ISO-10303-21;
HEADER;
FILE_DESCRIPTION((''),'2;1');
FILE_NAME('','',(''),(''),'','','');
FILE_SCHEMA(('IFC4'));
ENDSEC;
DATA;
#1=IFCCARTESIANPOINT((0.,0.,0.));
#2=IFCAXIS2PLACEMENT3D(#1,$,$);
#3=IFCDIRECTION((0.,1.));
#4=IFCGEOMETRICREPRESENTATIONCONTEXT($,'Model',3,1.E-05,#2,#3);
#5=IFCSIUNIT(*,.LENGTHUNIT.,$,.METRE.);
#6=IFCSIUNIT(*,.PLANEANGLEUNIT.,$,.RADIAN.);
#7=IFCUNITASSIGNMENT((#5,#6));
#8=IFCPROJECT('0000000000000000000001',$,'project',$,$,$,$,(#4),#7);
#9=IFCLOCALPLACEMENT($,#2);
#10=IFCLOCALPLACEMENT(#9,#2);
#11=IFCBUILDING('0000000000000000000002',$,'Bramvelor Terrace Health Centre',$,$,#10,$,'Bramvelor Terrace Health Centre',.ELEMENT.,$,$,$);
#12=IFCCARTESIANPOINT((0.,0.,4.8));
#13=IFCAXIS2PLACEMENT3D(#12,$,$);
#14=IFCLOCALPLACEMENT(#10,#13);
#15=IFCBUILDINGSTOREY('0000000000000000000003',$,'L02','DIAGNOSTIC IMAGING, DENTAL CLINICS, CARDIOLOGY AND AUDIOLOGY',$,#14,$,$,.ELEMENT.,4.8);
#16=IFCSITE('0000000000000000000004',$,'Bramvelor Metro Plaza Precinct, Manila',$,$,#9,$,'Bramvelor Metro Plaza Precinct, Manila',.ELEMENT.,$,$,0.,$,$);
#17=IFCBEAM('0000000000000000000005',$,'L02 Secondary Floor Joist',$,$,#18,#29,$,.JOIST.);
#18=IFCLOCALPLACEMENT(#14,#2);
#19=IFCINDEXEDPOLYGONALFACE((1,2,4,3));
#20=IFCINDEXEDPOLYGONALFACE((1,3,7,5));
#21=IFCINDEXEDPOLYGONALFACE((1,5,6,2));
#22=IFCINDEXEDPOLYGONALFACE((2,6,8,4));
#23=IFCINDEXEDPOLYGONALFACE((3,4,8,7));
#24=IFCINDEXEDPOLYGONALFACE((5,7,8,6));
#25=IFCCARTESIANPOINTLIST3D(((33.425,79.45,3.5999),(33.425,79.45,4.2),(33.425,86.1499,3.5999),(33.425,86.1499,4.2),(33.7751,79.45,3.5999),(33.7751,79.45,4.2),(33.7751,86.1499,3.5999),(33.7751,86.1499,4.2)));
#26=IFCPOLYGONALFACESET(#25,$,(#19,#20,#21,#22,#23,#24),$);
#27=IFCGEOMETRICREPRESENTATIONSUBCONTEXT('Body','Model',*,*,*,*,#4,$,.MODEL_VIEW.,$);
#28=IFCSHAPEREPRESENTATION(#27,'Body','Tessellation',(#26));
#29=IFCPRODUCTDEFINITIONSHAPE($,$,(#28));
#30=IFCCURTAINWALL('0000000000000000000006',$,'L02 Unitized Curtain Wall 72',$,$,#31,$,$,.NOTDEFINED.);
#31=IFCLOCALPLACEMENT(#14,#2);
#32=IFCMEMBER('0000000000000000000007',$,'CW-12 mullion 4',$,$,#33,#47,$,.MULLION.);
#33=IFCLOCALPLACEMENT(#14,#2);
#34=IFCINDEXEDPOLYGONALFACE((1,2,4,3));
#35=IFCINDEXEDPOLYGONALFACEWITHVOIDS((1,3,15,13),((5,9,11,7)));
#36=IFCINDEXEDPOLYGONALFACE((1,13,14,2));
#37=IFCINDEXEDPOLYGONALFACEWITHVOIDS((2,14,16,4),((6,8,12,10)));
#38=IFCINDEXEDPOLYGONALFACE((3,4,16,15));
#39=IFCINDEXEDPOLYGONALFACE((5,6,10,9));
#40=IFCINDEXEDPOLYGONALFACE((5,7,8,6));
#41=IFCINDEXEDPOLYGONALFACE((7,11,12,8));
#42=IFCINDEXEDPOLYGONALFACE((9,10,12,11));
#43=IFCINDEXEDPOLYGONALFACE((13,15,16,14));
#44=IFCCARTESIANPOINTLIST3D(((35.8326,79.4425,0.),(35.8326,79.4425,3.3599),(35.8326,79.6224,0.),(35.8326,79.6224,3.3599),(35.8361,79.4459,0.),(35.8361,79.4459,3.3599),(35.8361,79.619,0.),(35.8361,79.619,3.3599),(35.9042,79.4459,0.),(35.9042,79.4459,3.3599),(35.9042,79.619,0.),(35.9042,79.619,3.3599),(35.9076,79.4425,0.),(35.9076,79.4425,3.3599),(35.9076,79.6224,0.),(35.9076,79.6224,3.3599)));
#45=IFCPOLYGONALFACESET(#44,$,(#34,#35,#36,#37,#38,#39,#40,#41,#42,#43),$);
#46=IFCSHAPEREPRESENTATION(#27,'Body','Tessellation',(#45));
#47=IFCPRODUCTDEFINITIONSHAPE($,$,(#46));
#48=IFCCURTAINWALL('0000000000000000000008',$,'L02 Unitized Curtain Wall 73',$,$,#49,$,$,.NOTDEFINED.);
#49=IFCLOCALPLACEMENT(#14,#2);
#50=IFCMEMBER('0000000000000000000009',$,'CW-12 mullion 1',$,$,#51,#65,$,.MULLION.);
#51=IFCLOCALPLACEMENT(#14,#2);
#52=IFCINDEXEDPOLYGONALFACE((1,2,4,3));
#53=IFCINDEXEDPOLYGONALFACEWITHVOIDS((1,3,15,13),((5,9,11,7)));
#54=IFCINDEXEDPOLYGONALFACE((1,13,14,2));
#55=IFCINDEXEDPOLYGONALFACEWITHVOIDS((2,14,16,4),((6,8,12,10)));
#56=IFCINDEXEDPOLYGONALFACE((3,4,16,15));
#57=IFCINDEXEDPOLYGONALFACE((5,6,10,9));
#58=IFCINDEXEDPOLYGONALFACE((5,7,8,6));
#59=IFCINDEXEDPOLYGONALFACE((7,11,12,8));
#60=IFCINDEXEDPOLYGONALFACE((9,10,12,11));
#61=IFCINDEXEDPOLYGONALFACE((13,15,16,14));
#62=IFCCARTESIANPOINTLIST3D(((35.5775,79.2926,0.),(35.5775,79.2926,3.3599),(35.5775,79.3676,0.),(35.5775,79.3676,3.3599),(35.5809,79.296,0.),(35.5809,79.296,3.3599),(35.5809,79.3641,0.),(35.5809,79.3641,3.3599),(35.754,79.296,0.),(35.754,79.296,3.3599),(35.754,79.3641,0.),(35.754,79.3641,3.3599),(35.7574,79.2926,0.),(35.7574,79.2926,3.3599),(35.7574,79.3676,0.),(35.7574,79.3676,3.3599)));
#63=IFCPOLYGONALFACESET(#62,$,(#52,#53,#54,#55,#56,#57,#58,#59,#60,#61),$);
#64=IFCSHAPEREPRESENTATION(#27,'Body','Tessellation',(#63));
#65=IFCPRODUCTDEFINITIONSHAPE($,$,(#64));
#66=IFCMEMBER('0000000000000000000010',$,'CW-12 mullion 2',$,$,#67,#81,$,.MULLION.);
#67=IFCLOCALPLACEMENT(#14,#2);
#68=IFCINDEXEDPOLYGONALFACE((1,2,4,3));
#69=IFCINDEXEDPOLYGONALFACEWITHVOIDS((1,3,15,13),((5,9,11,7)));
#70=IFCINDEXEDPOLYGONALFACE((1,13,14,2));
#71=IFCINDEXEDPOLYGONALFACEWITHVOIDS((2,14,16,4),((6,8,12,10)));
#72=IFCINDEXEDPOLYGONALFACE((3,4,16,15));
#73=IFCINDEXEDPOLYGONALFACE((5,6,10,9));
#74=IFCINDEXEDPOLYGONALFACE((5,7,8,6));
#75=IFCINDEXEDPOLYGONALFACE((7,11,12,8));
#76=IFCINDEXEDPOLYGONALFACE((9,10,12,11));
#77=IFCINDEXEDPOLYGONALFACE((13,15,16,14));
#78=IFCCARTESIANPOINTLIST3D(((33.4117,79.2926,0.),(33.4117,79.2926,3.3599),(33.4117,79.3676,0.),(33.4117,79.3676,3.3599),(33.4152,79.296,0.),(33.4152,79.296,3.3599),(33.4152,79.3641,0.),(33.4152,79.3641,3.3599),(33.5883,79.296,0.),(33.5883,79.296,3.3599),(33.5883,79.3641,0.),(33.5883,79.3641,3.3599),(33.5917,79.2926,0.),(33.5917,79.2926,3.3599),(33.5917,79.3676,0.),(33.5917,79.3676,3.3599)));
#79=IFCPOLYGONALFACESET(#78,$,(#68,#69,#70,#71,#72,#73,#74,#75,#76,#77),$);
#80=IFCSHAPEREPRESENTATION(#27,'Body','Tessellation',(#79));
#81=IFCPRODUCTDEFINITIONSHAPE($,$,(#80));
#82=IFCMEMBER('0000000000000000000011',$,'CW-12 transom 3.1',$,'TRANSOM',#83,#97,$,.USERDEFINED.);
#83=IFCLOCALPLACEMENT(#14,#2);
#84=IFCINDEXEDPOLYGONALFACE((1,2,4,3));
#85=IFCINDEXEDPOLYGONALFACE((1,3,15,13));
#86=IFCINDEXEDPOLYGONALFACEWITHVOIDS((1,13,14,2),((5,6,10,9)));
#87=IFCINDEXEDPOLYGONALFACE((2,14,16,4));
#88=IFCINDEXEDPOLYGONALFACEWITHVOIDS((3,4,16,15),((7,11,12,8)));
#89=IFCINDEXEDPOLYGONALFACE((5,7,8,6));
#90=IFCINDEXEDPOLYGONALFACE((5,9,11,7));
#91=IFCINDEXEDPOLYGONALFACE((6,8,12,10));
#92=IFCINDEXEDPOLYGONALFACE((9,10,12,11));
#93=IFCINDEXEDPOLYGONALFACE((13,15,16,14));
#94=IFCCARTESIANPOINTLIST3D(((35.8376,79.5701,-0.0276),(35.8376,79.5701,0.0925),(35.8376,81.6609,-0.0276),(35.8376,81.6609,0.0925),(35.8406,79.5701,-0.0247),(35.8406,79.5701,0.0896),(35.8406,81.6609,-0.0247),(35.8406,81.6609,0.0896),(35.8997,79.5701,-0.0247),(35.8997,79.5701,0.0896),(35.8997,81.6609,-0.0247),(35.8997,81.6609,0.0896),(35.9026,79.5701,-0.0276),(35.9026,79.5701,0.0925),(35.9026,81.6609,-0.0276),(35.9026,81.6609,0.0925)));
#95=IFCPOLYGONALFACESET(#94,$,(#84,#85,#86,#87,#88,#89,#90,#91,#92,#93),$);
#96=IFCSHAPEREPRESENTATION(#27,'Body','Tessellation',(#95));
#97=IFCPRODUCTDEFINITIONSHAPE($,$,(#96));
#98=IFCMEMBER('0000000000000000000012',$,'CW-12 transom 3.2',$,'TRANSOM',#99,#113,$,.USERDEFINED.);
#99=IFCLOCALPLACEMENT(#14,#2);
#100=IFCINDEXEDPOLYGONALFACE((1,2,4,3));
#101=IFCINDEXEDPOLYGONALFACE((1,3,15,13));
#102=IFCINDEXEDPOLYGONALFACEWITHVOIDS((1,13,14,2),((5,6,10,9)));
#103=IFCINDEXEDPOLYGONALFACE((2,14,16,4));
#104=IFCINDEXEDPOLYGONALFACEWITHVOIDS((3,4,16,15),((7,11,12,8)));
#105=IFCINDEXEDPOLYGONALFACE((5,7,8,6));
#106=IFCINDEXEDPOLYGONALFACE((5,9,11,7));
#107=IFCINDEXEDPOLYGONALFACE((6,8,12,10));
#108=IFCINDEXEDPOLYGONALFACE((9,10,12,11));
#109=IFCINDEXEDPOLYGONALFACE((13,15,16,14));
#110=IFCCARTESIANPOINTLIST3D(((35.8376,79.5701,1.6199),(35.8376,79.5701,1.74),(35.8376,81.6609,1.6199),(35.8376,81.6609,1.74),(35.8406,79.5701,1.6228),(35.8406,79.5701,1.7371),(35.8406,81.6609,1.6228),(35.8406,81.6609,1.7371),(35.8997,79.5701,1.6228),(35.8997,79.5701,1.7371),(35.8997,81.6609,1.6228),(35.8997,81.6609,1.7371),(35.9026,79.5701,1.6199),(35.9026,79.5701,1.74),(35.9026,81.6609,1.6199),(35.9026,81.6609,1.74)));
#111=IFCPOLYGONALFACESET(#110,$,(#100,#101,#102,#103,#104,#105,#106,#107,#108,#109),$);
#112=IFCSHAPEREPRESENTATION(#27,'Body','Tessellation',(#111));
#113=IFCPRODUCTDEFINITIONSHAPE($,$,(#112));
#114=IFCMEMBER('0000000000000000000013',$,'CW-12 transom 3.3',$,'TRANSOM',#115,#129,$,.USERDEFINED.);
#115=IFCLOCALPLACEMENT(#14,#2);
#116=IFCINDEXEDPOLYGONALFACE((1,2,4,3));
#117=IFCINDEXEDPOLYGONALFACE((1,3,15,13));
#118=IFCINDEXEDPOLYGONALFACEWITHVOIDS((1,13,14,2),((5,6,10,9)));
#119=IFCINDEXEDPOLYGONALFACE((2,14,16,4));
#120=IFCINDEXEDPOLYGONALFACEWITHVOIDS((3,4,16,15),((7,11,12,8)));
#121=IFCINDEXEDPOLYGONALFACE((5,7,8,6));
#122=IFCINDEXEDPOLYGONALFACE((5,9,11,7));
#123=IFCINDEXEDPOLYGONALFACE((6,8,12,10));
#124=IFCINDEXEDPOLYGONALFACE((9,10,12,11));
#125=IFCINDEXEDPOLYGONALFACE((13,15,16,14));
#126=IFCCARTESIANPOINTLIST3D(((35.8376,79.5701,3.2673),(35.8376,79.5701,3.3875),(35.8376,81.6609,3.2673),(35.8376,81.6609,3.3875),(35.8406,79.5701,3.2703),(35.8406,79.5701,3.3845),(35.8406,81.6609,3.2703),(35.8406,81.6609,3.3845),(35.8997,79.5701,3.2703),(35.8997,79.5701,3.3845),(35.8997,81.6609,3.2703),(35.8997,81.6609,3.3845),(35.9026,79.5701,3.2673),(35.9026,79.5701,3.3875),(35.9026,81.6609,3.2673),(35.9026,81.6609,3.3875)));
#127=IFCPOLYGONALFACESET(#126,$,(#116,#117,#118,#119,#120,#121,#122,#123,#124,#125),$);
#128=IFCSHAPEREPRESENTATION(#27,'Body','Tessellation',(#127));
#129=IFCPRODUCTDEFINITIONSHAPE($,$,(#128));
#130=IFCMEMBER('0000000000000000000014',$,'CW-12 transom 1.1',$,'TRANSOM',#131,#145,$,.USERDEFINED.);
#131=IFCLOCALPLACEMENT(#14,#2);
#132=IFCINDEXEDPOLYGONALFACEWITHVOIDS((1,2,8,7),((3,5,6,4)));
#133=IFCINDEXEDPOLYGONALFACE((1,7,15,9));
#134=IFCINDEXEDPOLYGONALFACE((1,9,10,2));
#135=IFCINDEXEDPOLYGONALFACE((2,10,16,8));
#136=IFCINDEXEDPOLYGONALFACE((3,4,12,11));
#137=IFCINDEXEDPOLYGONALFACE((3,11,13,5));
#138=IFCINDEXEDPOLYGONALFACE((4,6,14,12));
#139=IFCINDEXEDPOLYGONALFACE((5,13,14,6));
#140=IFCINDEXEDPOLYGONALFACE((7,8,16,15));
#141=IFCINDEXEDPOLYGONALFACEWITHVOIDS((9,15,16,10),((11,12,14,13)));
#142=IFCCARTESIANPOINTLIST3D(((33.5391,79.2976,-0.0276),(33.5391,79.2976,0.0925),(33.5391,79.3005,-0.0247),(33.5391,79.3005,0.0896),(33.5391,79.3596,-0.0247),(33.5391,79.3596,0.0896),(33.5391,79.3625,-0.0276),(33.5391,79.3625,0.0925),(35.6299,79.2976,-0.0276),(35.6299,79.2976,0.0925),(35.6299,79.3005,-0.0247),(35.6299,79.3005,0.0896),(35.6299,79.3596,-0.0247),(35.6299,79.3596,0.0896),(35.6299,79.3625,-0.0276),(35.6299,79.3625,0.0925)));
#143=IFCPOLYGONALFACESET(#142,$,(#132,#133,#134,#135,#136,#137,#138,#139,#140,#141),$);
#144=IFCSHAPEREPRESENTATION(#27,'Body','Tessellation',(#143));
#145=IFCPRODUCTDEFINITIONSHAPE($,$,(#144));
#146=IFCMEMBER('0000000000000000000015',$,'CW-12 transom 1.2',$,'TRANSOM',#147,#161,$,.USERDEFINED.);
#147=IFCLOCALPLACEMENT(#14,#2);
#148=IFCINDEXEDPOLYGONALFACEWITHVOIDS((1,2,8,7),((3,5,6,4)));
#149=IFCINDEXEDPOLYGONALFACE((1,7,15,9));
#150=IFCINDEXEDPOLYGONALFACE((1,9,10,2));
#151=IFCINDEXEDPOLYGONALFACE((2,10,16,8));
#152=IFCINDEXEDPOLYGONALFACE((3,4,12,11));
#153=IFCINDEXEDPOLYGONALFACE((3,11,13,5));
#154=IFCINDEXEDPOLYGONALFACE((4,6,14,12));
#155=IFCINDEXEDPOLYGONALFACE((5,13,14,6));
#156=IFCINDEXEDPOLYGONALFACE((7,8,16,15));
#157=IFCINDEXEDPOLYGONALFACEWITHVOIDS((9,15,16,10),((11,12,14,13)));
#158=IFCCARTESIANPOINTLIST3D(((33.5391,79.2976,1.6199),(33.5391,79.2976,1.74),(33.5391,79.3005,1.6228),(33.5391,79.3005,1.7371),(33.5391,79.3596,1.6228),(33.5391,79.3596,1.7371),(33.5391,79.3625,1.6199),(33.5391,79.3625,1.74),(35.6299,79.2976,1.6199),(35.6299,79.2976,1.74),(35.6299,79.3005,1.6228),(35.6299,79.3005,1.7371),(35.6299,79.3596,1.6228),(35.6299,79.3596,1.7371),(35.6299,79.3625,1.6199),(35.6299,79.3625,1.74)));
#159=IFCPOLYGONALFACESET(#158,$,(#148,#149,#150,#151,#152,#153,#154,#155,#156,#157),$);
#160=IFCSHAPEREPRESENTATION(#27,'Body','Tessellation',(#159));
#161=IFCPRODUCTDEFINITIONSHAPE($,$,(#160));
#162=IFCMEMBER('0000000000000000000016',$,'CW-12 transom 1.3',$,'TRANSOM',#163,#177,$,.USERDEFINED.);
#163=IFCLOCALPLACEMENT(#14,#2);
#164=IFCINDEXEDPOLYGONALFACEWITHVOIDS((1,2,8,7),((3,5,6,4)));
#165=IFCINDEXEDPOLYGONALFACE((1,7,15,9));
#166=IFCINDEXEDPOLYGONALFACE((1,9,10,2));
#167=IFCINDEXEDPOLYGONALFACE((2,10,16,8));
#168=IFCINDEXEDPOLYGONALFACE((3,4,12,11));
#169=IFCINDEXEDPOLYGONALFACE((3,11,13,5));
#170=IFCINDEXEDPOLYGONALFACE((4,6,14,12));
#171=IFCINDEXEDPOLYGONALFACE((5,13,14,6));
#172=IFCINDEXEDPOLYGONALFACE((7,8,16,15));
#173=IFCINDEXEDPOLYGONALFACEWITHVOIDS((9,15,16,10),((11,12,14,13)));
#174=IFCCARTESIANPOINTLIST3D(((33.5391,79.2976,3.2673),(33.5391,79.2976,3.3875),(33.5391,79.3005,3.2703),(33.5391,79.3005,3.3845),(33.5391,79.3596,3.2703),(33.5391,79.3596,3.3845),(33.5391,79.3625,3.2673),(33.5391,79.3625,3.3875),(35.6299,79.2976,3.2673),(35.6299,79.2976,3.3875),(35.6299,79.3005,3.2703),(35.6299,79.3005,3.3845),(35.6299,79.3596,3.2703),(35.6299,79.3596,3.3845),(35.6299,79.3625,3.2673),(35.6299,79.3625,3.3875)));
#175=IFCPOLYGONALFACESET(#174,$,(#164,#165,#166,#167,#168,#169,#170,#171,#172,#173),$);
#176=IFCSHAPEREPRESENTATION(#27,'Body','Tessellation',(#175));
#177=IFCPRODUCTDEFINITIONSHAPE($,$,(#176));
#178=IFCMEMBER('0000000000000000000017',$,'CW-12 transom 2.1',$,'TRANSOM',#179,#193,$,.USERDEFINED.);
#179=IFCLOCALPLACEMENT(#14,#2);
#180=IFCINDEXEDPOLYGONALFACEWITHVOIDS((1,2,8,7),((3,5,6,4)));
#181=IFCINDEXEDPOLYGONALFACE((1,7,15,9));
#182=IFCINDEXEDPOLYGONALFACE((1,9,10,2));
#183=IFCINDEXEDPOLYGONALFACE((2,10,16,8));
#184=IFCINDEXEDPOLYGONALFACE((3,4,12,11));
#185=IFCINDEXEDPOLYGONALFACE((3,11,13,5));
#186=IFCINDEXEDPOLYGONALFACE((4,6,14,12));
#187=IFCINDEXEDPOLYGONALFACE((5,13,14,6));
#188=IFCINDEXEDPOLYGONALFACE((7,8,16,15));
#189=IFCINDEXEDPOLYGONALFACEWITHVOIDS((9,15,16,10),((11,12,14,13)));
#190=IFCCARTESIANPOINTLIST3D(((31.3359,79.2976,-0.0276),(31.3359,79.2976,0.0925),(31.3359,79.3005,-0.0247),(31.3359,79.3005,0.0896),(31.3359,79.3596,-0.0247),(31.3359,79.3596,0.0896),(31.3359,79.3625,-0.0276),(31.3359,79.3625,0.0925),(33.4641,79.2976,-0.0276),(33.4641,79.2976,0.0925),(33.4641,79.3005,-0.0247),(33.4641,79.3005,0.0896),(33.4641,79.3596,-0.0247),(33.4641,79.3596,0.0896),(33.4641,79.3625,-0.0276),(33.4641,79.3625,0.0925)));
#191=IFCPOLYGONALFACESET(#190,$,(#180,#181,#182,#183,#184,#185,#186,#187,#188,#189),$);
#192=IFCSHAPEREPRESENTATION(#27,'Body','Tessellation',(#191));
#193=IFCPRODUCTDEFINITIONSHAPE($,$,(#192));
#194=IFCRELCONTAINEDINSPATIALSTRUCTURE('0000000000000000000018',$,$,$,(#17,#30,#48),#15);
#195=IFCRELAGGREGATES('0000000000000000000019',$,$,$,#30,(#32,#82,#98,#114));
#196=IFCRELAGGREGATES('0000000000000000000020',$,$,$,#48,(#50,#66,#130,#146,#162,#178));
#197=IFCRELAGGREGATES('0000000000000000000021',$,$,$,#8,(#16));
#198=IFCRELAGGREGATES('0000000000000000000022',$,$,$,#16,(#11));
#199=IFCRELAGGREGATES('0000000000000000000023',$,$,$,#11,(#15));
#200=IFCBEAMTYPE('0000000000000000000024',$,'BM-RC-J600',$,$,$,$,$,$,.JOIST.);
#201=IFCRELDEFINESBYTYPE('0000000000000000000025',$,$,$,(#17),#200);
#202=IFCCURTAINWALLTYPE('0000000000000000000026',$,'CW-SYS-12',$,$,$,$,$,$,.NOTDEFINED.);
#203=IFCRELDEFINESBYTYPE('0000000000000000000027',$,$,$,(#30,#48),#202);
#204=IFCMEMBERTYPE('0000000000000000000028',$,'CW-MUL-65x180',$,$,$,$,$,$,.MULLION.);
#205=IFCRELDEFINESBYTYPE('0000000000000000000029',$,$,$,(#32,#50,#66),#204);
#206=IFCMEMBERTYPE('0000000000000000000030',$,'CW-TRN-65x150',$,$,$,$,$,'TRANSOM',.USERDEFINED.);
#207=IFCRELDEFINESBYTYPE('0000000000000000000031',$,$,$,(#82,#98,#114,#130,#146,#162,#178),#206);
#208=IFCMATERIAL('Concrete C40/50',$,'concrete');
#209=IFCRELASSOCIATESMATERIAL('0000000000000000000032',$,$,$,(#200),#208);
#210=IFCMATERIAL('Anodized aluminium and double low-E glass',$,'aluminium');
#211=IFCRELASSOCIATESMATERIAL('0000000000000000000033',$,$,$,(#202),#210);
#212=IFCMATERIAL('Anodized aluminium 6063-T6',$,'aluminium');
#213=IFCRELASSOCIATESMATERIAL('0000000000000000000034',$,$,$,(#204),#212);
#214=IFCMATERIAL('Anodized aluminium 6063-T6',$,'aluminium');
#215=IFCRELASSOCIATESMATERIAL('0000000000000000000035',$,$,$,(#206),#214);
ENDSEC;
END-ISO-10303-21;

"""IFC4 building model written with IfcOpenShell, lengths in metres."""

from ifc_helpers import new_model, si_unit, direction, frame, origin, origin_2d, place, context, subcontext, project, spatial, rectangle, hollow_rectangle, extrude, material, material_profile, profile_set, type_object, element, aggregate, save


model = new_model("IFC4")

# Units and contexts
model_context = context("Model", 3, precision=1e-05, world=origin(), true_north=direction((0.0, 1.0)))
body_context = subcontext(model_context, "Body", "Model", "MODEL_VIEW")
ifc_project = project(units=[si_unit("LENGTHUNIT", "METRE"), si_unit("PLANEANGLEUNIT", "RADIAN")], contexts=[model_context])

# Site, building, storey
site_placement = place(None, origin())
site = spatial("IfcSite", under=ifc_project, at=site_placement, Name="Bramvelor Metro Plaza Precinct, Manila", LongName="Bramvelor Metro Plaza Precinct, Manila", CompositionType="ELEMENT", RefElevation=0.0)
building_placement = place(site_placement, origin())
building = spatial("IfcBuilding", under=site, at=building_placement, Name="Bramvelor Terrace Health Centre", LongName="Bramvelor Terrace Health Centre", CompositionType="ELEMENT")
storey_placement = place(building_placement, frame((0.0, 0.0, 4.8)))
storey = spatial("IfcBuildingStorey", under=building, at=storey_placement, Name="L02", Description="DIAGNOSTIC IMAGING, DENTAL CLINICS, CARDIOLOGY AND AUDIOLOGY", CompositionType="ELEMENT", Elevation=4.8)

# Beam
ifc_material_1 = material(Name="Concrete C40/50", Category="concrete")
ifc_material_profile_1 = material_profile(ifc_material_1, rectangle(XDim=0.3501, YDim=0.6001, at=origin_2d()), Name="RC 350x600")
ifc_profile_set_1 = profile_set([ifc_material_profile_1], Name="Concrete C40/50")
beam_type = type_object("IfcBeamType", Name="BM-RC-J600", PredefinedType="JOIST", material=ifc_profile_set_1)
beam_placement = place(storey_placement, frame((33.6001, 79.45, 3.8999), z_axis=(0.0, 1.0, 0.0), x_axis=(-1.0, 0.0, 0.0)))
element("IfcBeam", 1, at=beam_placement, inside=storey, type_object=beam_type, Name="L02 Secondary Floor Joist", PredefinedType="JOIST", context=body_context, shape_type="SweptSolid", body=[
    extrude(rectangle(XDim=0.3501, YDim=0.6001, at=origin_2d()), origin(), (0.0, 0.0, 1.0), 6.7),
])

# Curtain wall, member
ifc_material_2 = material(Name="Anodized aluminium and double low-E glass", Category="aluminium")
curtain_wall_type = type_object("IfcCurtainWallType", Name="CW-SYS-12", PredefinedType="NOTDEFINED", material=ifc_material_2)
curtain_wall_1_placement = place(storey_placement, origin())
curtain_wall_1 = element("IfcCurtainWall", 2, at=curtain_wall_1_placement, inside=storey, type_object=curtain_wall_type, Name="L02 Unitized Curtain Wall 72", PredefinedType="NOTDEFINED")
ifc_material_3 = material(Name="Anodized aluminium 6063-T6", Category="aluminium")
ifc_material_profile_2 = material_profile(ifc_material_3, hollow_rectangle(XDim=0.075, YDim=0.1799, WallThickness=0.0034, at=origin_2d()), Name="ALU-MUL 75x180x3.5")
ifc_profile_set_2 = profile_set([ifc_material_profile_2], Name="Anodized aluminium 6063-T6")
member_type_1 = type_object("IfcMemberType", Name="CW-MUL-65x180", PredefinedType="MULLION", material=ifc_profile_set_2)
member_1_placement = place(storey_placement, frame((35.8701, 79.5325, 0.0), z_axis=(0.0, 0.0, 1.0), x_axis=(1.0, 0.0, 0.0)))
member_1 = element("IfcMember", 3, at=member_1_placement, type_object=member_type_1, Name="CW-12 mullion 4", PredefinedType="MULLION", context=body_context, shape_type="SweptSolid", body=[
    extrude(hollow_rectangle(XDim=0.075, YDim=0.1799, WallThickness=0.0034, at=origin_2d()), origin(), (0.0, 0.0, 1.0), 3.3599),
])

# Curtain wall, members
curtain_wall_2_placement = place(storey_placement, origin())
curtain_wall_2 = element("IfcCurtainWall", 4, at=curtain_wall_2_placement, inside=storey, type_object=curtain_wall_type, Name="L02 Unitized Curtain Wall 73", PredefinedType="NOTDEFINED")
member_2_placement = place(storey_placement, frame((35.6675, 79.3301, 0.0), z_axis=(0.0, 0.0, 1.0), x_axis=(0.0, -1.0, 0.0)))
member_2 = element("IfcMember", 5, at=member_2_placement, type_object=member_type_1, Name="CW-12 mullion 1", PredefinedType="MULLION", context=body_context, shape_type="SweptSolid", body=[
    extrude(hollow_rectangle(XDim=0.075, YDim=0.1799, WallThickness=0.0034, at=origin_2d()), origin(), (0.0, 0.0, 1.0), 3.3599),
])
member_3_placement = place(storey_placement, frame((33.5017, 79.3301, 0.0), z_axis=(0.0, 0.0, 1.0), x_axis=(0.0, -1.0, 0.0)))
member_3 = element("IfcMember", 6, at=member_3_placement, type_object=member_type_1, Name="CW-12 mullion 2", PredefinedType="MULLION", context=body_context, shape_type="SweptSolid", body=[
    extrude(hollow_rectangle(XDim=0.075, YDim=0.1799, WallThickness=0.0034, at=origin_2d()), origin(), (0.0, 0.0, 1.0), 3.3599),
])

# Members
ifc_material_4 = material(Name="Anodized aluminium 6063-T6", Category="aluminium")
ifc_material_profile_3 = material_profile(ifc_material_4, hollow_rectangle(XDim=0.0649, YDim=0.1201, WallThickness=0.0029, at=origin_2d()), Name="ALU-TRN 65x120x3.0")
ifc_profile_set_3 = profile_set([ifc_material_profile_3], Name="Anodized aluminium 6063-T6")
member_type_2 = type_object("IfcMemberType", Name="CW-TRN-65x150", ElementType="TRANSOM", PredefinedType="USERDEFINED", material=ifc_profile_set_3)
member_4_placement = place(storey_placement, frame((35.8701, 81.6609, 0.0325), z_axis=(0.0, -1.0, 0.0), x_axis=(1.0, 0.0, 0.0)))
member_4 = element("IfcMember", 7, at=member_4_placement, type_object=member_type_2, Name="CW-12 transom 3.1", ObjectType="TRANSOM", PredefinedType="USERDEFINED", context=body_context, shape_type="SweptSolid", body=[
    extrude(hollow_rectangle(XDim=0.0649, YDim=0.1201, WallThickness=0.0029, at=origin_2d()), origin(), (0.0, 0.0, 1.0), 2.0908),
])
member_5_placement = place(storey_placement, frame((35.8701, 81.6609, 1.6799), z_axis=(0.0, -1.0, 0.0), x_axis=(1.0, 0.0, 0.0)))
member_5 = element("IfcMember", 8, at=member_5_placement, type_object=member_type_2, Name="CW-12 transom 3.2", ObjectType="TRANSOM", PredefinedType="USERDEFINED", context=body_context, shape_type="SweptSolid", body=[
    extrude(hollow_rectangle(XDim=0.0649, YDim=0.1201, WallThickness=0.0029, at=origin_2d()), origin(), (0.0, 0.0, 1.0), 2.0908),
])
member_6_placement = place(storey_placement, frame((35.8701, 81.6609, 3.3274), z_axis=(0.0, -1.0, 0.0), x_axis=(1.0, 0.0, 0.0)))
member_6 = element("IfcMember", 9, at=member_6_placement, type_object=member_type_2, Name="CW-12 transom 3.3", ObjectType="TRANSOM", PredefinedType="USERDEFINED", context=body_context, shape_type="SweptSolid", body=[
    extrude(hollow_rectangle(XDim=0.0649, YDim=0.1201, WallThickness=0.0029, at=origin_2d()), origin(), (0.0, 0.0, 1.0), 2.0908),
])
member_7_placement = place(storey_placement, frame((35.6299, 79.3301, 0.0325), z_axis=(-1.0, 0.0, 0.0), x_axis=(0.0, -1.0, 0.0)))
member_7 = element("IfcMember", 10, at=member_7_placement, type_object=member_type_2, Name="CW-12 transom 1.1", ObjectType="TRANSOM", PredefinedType="USERDEFINED", context=body_context, shape_type="SweptSolid", body=[
    extrude(hollow_rectangle(XDim=0.0649, YDim=0.1201, WallThickness=0.0029, at=origin_2d()), origin(), (0.0, 0.0, 1.0), 2.0908),
])
member_8_placement = place(storey_placement, frame((35.6299, 79.3301, 1.6799), z_axis=(-1.0, 0.0, 0.0), x_axis=(0.0, -1.0, 0.0)))
member_8 = element("IfcMember", 11, at=member_8_placement, type_object=member_type_2, Name="CW-12 transom 1.2", ObjectType="TRANSOM", PredefinedType="USERDEFINED", context=body_context, shape_type="SweptSolid", body=[
    extrude(hollow_rectangle(XDim=0.0649, YDim=0.1201, WallThickness=0.0029, at=origin_2d()), origin(), (0.0, 0.0, 1.0), 2.0908),
])
member_9_placement = place(storey_placement, frame((35.6299, 79.3301, 3.3274), z_axis=(-1.0, 0.0, 0.0), x_axis=(0.0, -1.0, 0.0)))
member_9 = element("IfcMember", 12, at=member_9_placement, type_object=member_type_2, Name="CW-12 transom 1.3", ObjectType="TRANSOM", PredefinedType="USERDEFINED", context=body_context, shape_type="SweptSolid", body=[
    extrude(hollow_rectangle(XDim=0.0649, YDim=0.1201, WallThickness=0.0029, at=origin_2d()), origin(), (0.0, 0.0, 1.0), 2.0908),
])
member_10_placement = place(storey_placement, frame((33.4641, 79.3301, 0.0325), z_axis=(-1.0, 0.0, 0.0), x_axis=(0.0, -1.0, 0.0)))
member_10 = element("IfcMember", 13, at=member_10_placement, type_object=member_type_2, Name="CW-12 transom 2.1", ObjectType="TRANSOM", PredefinedType="USERDEFINED", context=body_context, shape_type="SweptSolid", body=[
    extrude(hollow_rectangle(XDim=0.0649, YDim=0.1201, WallThickness=0.0029, at=origin_2d()), origin(), (0.0, 0.0, 1.0), 2.1282),
])

aggregate(curtain_wall_1, [member_1, member_4, member_5, member_6])
aggregate(curtain_wall_2, [member_2, member_3, member_7, member_8, member_9, member_10])

save(model, "model.ifc")
